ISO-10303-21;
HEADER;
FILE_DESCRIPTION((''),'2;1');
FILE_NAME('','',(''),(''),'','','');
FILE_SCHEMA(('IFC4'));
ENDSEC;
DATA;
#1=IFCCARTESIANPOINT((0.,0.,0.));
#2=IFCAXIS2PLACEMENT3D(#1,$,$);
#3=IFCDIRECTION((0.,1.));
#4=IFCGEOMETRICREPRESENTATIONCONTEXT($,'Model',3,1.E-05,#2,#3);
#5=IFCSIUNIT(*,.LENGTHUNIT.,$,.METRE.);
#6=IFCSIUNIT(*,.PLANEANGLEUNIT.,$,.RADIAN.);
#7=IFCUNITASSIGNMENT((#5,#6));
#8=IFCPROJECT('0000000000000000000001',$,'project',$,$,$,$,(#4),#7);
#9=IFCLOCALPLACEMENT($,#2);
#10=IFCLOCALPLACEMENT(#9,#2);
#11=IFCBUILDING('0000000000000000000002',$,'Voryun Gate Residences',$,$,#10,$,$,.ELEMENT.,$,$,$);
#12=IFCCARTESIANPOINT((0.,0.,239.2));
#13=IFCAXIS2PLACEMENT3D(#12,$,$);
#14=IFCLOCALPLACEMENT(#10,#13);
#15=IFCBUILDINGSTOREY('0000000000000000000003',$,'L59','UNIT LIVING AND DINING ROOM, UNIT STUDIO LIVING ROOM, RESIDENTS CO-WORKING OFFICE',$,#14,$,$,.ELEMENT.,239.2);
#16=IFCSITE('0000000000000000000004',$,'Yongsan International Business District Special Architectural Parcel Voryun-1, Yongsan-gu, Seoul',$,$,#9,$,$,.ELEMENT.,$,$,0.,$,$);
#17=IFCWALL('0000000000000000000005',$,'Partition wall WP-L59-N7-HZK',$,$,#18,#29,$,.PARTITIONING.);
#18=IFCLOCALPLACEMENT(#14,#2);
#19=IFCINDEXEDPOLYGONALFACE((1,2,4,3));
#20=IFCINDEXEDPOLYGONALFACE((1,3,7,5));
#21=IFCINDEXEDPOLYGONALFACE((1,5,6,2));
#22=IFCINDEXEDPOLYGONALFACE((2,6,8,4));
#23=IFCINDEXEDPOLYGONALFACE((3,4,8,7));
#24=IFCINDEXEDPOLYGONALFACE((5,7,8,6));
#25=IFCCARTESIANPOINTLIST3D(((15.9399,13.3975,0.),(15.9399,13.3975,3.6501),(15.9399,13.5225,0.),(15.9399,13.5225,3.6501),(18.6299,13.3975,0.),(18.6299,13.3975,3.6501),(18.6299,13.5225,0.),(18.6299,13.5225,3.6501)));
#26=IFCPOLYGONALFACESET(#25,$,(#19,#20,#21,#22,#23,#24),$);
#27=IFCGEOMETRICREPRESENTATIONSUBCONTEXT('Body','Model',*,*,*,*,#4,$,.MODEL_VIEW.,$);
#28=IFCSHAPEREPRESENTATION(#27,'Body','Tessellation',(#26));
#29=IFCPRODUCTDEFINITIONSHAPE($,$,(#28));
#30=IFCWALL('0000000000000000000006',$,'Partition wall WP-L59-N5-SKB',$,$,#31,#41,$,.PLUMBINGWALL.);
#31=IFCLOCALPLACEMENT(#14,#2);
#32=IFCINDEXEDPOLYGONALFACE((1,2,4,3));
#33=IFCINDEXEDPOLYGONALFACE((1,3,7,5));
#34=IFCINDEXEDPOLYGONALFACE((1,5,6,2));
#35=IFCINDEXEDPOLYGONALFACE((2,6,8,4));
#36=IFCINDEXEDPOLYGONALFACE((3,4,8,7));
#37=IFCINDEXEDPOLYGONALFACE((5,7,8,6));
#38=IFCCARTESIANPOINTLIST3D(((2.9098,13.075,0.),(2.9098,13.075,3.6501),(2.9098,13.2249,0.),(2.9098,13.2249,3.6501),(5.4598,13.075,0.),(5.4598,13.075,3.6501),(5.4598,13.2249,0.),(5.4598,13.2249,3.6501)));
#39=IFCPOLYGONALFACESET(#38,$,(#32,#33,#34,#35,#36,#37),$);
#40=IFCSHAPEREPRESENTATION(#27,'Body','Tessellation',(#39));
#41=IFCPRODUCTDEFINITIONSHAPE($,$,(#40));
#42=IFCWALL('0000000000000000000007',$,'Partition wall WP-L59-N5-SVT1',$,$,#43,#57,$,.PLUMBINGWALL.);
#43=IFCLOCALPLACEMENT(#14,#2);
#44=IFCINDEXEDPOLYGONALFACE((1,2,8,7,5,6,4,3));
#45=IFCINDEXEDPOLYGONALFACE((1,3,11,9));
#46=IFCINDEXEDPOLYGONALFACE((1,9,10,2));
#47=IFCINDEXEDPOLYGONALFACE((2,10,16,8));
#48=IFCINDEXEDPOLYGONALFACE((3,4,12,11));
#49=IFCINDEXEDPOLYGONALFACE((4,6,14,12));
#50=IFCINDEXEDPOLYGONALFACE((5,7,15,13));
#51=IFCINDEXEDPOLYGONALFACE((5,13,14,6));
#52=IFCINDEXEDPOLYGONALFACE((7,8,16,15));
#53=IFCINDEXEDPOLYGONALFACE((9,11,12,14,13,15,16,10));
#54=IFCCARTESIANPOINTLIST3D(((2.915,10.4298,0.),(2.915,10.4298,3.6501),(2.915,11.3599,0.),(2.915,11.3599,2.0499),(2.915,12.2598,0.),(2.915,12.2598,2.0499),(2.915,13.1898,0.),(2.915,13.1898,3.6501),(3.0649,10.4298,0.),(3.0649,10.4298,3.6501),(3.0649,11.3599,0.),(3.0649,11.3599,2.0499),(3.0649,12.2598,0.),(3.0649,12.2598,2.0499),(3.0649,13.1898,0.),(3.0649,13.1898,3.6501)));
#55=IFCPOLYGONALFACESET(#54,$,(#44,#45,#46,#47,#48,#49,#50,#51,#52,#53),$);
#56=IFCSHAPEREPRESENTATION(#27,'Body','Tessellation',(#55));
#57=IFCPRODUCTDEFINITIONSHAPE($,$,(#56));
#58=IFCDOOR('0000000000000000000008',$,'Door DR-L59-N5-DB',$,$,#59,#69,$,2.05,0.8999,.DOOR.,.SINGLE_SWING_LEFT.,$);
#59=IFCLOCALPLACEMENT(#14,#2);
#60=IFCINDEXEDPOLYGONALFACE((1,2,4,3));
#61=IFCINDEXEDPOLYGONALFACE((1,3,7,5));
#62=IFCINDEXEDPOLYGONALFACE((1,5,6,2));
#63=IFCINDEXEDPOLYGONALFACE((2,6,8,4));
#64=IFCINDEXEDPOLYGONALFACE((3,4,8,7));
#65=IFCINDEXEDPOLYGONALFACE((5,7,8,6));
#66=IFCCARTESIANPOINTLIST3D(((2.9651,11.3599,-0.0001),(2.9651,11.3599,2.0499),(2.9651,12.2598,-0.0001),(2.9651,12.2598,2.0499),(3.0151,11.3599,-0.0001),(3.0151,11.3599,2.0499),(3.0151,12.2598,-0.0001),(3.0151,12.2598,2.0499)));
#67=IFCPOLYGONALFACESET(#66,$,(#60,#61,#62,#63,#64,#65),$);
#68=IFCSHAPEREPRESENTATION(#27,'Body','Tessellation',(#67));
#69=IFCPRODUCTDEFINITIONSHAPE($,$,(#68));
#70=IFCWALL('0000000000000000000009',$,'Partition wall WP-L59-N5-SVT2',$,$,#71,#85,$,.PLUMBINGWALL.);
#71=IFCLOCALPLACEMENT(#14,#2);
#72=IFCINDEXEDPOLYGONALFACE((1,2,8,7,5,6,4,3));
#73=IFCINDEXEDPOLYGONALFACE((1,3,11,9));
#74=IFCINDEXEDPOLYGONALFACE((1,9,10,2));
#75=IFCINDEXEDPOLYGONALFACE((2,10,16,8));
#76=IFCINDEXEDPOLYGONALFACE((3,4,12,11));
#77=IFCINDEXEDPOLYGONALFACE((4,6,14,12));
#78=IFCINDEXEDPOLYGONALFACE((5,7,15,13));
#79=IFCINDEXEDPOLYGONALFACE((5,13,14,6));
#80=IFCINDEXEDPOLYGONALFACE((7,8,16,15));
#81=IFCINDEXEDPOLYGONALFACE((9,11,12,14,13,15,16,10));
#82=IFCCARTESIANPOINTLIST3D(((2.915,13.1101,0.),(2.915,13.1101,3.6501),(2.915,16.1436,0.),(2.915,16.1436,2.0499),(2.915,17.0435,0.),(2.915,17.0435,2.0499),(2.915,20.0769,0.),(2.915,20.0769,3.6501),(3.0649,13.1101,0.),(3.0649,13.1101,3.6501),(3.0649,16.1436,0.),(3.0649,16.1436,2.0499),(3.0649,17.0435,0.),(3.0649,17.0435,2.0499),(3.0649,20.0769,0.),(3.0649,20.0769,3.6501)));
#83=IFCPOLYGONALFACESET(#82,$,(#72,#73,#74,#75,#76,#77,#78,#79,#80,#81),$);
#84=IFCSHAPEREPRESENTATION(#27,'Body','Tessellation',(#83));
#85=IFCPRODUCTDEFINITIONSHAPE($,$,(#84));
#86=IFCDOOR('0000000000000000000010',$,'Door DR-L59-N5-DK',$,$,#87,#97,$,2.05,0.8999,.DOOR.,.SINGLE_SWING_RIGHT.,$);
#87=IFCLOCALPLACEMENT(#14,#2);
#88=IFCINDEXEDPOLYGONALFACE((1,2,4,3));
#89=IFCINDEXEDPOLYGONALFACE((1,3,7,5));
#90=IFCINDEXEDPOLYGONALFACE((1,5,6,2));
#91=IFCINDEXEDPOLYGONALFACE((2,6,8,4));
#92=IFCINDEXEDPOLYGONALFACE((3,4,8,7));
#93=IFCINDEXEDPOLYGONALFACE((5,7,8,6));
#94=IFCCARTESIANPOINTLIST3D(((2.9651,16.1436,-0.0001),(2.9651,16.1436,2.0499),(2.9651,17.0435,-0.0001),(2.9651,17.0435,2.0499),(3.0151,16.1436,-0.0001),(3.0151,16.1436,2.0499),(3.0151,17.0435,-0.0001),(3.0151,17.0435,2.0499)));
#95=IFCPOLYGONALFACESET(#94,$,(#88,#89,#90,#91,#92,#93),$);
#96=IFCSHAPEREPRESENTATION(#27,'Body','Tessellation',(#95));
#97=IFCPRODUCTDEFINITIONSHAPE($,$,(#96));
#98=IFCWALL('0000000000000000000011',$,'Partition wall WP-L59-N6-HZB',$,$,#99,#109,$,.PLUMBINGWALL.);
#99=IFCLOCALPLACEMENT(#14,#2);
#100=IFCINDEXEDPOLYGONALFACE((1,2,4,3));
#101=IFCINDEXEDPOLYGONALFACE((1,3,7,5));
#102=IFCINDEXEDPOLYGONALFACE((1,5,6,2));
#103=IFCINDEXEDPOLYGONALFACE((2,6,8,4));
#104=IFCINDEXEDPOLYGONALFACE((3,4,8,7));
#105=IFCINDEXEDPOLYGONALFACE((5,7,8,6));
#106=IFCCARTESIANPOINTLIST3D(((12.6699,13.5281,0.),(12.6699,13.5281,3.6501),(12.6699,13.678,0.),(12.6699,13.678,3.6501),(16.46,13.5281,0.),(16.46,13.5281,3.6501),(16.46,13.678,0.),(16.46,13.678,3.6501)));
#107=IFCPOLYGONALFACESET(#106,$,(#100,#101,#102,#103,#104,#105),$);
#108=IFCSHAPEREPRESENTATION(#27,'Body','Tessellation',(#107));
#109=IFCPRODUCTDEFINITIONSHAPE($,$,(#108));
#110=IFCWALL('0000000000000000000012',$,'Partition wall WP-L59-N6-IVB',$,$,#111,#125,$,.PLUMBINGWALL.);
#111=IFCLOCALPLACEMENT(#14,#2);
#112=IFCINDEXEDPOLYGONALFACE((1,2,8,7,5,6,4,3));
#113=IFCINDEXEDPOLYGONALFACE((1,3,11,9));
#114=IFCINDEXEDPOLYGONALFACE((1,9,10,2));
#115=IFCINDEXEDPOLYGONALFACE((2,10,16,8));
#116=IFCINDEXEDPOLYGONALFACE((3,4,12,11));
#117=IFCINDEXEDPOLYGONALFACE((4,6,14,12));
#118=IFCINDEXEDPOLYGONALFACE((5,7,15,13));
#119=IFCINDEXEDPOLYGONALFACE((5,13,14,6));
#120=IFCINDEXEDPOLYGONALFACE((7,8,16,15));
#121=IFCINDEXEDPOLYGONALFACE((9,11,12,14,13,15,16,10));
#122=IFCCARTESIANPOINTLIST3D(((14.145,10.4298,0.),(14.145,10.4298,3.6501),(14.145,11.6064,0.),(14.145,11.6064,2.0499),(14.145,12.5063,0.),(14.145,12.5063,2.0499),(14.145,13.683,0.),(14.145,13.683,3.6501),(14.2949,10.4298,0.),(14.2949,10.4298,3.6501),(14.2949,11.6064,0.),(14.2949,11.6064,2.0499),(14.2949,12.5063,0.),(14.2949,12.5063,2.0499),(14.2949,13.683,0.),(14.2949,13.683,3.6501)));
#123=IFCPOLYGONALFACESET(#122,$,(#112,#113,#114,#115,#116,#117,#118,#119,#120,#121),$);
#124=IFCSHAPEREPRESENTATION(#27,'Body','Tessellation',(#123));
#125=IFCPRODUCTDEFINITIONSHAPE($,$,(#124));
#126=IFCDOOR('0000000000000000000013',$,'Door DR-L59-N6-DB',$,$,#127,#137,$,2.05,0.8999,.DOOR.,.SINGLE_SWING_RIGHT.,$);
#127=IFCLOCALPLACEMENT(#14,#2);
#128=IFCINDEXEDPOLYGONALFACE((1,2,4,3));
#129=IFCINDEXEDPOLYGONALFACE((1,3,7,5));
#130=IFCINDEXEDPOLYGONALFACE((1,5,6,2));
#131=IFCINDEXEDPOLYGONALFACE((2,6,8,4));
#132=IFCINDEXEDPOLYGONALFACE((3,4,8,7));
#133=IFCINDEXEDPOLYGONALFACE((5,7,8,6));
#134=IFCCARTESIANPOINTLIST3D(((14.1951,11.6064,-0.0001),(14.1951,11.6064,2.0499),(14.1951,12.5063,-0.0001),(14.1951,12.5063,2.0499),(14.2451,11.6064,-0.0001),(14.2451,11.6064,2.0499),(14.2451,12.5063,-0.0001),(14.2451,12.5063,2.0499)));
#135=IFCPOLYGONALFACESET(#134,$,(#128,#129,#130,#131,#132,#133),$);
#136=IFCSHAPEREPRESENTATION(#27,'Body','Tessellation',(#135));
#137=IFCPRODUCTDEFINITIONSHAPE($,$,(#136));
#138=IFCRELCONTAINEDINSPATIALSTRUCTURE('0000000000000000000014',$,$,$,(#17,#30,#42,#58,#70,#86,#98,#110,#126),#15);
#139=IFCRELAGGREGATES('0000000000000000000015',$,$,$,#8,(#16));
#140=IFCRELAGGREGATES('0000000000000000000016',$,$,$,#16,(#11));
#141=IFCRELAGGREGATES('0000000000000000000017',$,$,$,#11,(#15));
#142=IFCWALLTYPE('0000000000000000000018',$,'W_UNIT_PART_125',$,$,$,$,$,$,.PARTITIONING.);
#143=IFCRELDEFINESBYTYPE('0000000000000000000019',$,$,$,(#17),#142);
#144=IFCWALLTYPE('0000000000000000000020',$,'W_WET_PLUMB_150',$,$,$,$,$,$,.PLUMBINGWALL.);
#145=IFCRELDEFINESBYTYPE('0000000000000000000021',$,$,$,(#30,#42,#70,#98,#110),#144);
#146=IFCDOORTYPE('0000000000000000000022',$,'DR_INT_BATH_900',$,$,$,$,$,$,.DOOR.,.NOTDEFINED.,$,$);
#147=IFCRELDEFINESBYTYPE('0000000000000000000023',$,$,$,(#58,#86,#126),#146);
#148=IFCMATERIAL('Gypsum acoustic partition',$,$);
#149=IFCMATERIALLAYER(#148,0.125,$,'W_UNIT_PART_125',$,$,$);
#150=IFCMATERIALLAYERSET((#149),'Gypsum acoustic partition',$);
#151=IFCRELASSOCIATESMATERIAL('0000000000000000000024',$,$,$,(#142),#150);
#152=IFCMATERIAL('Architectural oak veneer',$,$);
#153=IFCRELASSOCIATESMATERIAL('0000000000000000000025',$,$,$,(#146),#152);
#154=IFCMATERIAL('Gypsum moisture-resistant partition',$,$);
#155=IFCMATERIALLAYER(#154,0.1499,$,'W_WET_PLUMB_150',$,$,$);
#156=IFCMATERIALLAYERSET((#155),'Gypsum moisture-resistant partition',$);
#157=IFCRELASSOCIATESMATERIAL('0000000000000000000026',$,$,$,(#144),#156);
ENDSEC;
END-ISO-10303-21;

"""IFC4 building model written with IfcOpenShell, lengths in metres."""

from ifc_helpers import new_model, si_unit, direction, frame, frame_2d, origin, place, context, subcontext, project, spatial, rectangle, extrude, material, layer, layer_set, type_object, element, fill, save


model = new_model("IFC4")

# Units and contexts
model_context = context("Model", 3, precision=1e-05, world=origin(), true_north=direction((0.0, 1.0)))
body_context = subcontext(model_context, "Body", "Model", "MODEL_VIEW")
ifc_project = project(units=[si_unit("LENGTHUNIT", "METRE"), si_unit("PLANEANGLEUNIT", "RADIAN")], contexts=[model_context])

# Site, building, storey
site_placement = place(None, origin())
site = spatial("IfcSite", under=ifc_project, at=site_placement, Name="Yongsan International Business District Special Architectural Parcel Voryun-1, Yongsan-gu, Seoul", CompositionType="ELEMENT", RefElevation=0.0)
building_placement = place(site_placement, origin())
building = spatial("IfcBuilding", under=site, at=building_placement, Name="Voryun Gate Residences", CompositionType="ELEMENT")
storey_placement = place(building_placement, frame((0.0, 0.0, 239.2)))
storey = spatial("IfcBuildingStorey", under=building, at=storey_placement, Name="L59", Description="UNIT LIVING AND DINING ROOM, UNIT STUDIO LIVING ROOM, RESIDENTS CO-WORKING OFFICE", CompositionType="ELEMENT", Elevation=239.2)

# Shared definitions
ifc_material_1 = material(Name="Gypsum acoustic partition")
ifc_layer_1 = layer(ifc_material_1, 0.125, Name="W_UNIT_PART_125")
ifc_layer_set_1 = layer_set([ifc_layer_1], Name="Gypsum acoustic partition")
wall_type_1 = type_object("IfcWallType", Name="W_UNIT_PART_125", PredefinedType="PARTITIONING", material=ifc_layer_set_1)
ifc_material_2 = material(Name="Architectural oak veneer")
door_type_1 = type_object("IfcDoorType", Name="DR_INT_BATH_900", OperationType="NOTDEFINED", PredefinedType="DOOR", material=ifc_material_2)

# Walls
wall_1_placement = place(storey_placement, frame((15.9399, 13.46, 0.0), z_axis=(0.0, 0.0, 1.0), x_axis=(1.0, 0.0, 0.0)))
element("IfcWall", 1, at=wall_1_placement, inside=storey, type_object=wall_type_1, Name="Partition wall WP-L59-N7-HZK", PredefinedType="PARTITIONING", context=body_context, shape_type="SweptSolid", body=[
    extrude(rectangle(XDim=2.6899, YDim=0.125, at=frame_2d((1.345, 0.0))), origin(), (0.0, 0.0, 1.0), 3.6501),
])
ifc_material_3 = material(Name="Gypsum moisture-resistant partition")
ifc_layer_2 = layer(ifc_material_3, 0.1499, Name="W_WET_PLUMB_150")
ifc_layer_set_2 = layer_set([ifc_layer_2], Name="Gypsum moisture-resistant partition")
wall_type_2 = type_object("IfcWallType", Name="W_WET_PLUMB_150", PredefinedType="PLUMBINGWALL", material=ifc_layer_set_2)
wall_2_placement = place(storey_placement, frame((2.9099, 13.1499, 0.0), z_axis=(0.0, 0.0, 1.0), x_axis=(1.0, 0.0, 0.0)))
element("IfcWall", 2, at=wall_2_placement, inside=storey, type_object=wall_type_2, Name="Partition wall WP-L59-N5-SKB", PredefinedType="PLUMBINGWALL", context=body_context, shape_type="SweptSolid", body=[
    extrude(rectangle(XDim=2.55, YDim=0.1499, at=frame_2d((1.2749, 0.0))), origin(), (0.0, 0.0, 1.0), 3.6501),
])

# Walls, openings, doors
wall_3_placement = place(storey_placement, frame((2.99, 10.4299, 0.0), z_axis=(0.0, 0.0, 1.0), x_axis=(0.0, 1.0, 0.0)))
wall_3 = element("IfcWall", 3, at=wall_3_placement, inside=storey, type_object=wall_type_2, Name="Partition wall WP-L59-N5-SVT1", PredefinedType="PLUMBINGWALL", context=body_context, shape_type="SweptSolid", body=[
    extrude(rectangle(XDim=2.76, YDim=0.1499, at=frame_2d((1.3799, 0.0))), origin(), (0.0, 0.0, 1.0), 3.6501),
])
opening_1_placement = place(wall_3_placement, frame((0.9299, 0.0, 0.0)))
opening_1 = element("IfcOpeningElement", 4, at=opening_1_placement, cuts=wall_3, PredefinedType="OPENING", context=body_context, shape_type="SweptSolid", body=[
    extrude(rectangle(XDim=0.8999, YDim=2.05, at=frame_2d((0.45, 1.0249))), frame((0.0, 0.085, 0.0), z_axis=(0.0, -1.0, 0.0), x_axis=(1.0, 0.0, 0.0)), (0.0, 0.0, 1.0), 0.1699),
])
door_1_placement = place(opening_1_placement, origin())
door_1 = element("IfcDoor", 5, at=door_1_placement, inside=storey, type_object=door_type_1, Name="Door DR-L59-N5-DB", OperationType="SINGLE_SWING_LEFT", OverallHeight=2.05, OverallWidth=0.8999, PredefinedType="DOOR", context=body_context, shape_type="SweptSolid", body=[
    extrude(rectangle(XDim=0.8999, YDim=2.05, at=frame_2d((0.45, 1.0249))), frame((0.0, 0.0249, 0.0), z_axis=(0.0, -1.0, 0.0), x_axis=(1.0, 0.0, 0.0)), (0.0, 0.0, 1.0), 0.05),
])
fill(opening_1, door_1)
wall_4_placement = place(storey_placement, frame((2.99, 13.1101, 0.0), z_axis=(0.0, 0.0, 1.0), x_axis=(0.0, 1.0, 0.0)))
wall_4 = element("IfcWall", 6, at=wall_4_placement, inside=storey, type_object=wall_type_2, Name="Partition wall WP-L59-N5-SVT2", PredefinedType="PLUMBINGWALL", context=body_context, shape_type="SweptSolid", body=[
    extrude(rectangle(XDim=6.9668, YDim=0.1499, at=frame_2d((3.4834, 0.0))), origin(), (0.0, 0.0, 1.0), 3.6501),
])
opening_2_placement = place(wall_4_placement, frame((3.0334, 0.0, 0.0)))
opening_2 = element("IfcOpeningElement", 7, at=opening_2_placement, cuts=wall_4, PredefinedType="OPENING", context=body_context, shape_type="SweptSolid", body=[
    extrude(rectangle(XDim=0.8999, YDim=2.05, at=frame_2d((0.45, 1.0249))), frame((0.0, 0.085, 0.0), z_axis=(0.0, -1.0, 0.0), x_axis=(1.0, 0.0, 0.0)), (0.0, 0.0, 1.0), 0.1699),
])
door_2_placement = place(opening_2_placement, origin())
door_2 = element("IfcDoor", 8, at=door_2_placement, inside=storey, type_object=door_type_1, Name="Door DR-L59-N5-DK", OperationType="SINGLE_SWING_RIGHT", OverallHeight=2.05, OverallWidth=0.8999, PredefinedType="DOOR", context=body_context, shape_type="SweptSolid", body=[
    extrude(rectangle(XDim=0.8999, YDim=2.05, at=frame_2d((0.45, 1.0249))), frame((0.0, 0.0249, 0.0), z_axis=(0.0, -1.0, 0.0), x_axis=(1.0, 0.0, 0.0)), (0.0, 0.0, 1.0), 0.05),
])
fill(opening_2, door_2)

# Wall
wall_5_placement = place(storey_placement, frame((12.6699, 13.603, 0.0), z_axis=(0.0, 0.0, 1.0), x_axis=(1.0, 0.0, 0.0)))
element("IfcWall", 9, at=wall_5_placement, inside=storey, type_object=wall_type_2, Name="Partition wall WP-L59-N6-HZB", PredefinedType="PLUMBINGWALL", context=body_context, shape_type="SweptSolid", body=[
    extrude(rectangle(XDim=3.79, YDim=0.1499, at=frame_2d((1.895, 0.0))), origin(), (0.0, 0.0, 1.0), 3.6501),
])

# Wall, opening, door
wall_6_placement = place(storey_placement, frame((14.22, 10.4299, 0.0), z_axis=(0.0, 0.0, 1.0), x_axis=(0.0, 1.0, 0.0)))
wall_6 = element("IfcWall", 10, at=wall_6_placement, inside=storey, type_object=wall_type_2, Name="Partition wall WP-L59-N6-IVB", PredefinedType="PLUMBINGWALL", context=body_context, shape_type="SweptSolid", body=[
    extrude(rectangle(XDim=3.2532, YDim=0.1499, at=frame_2d((1.6265, 0.0))), origin(), (0.0, 0.0, 1.0), 3.6501),
])
opening_3_placement = place(wall_6_placement, frame((1.1765, 0.0, 0.0)))
opening_3 = element("IfcOpeningElement", 11, at=opening_3_placement, cuts=wall_6, PredefinedType="OPENING", context=body_context, shape_type="SweptSolid", body=[
    extrude(rectangle(XDim=0.8999, YDim=2.05, at=frame_2d((0.45, 1.0249))), frame((0.0, 0.085, 0.0), z_axis=(0.0, -1.0, 0.0), x_axis=(1.0, 0.0, 0.0)), (0.0, 0.0, 1.0), 0.1699),
])
door_3_placement = place(opening_3_placement, origin())
door_3 = element("IfcDoor", 12, at=door_3_placement, inside=storey, type_object=door_type_1, Name="Door DR-L59-N6-DB", OperationType="SINGLE_SWING_RIGHT", OverallHeight=2.05, OverallWidth=0.8999, PredefinedType="DOOR", context=body_context, shape_type="SweptSolid", body=[
    extrude(rectangle(XDim=0.8999, YDim=2.05, at=frame_2d((0.45, 1.0249))), frame((0.0, 0.0249, 0.0), z_axis=(0.0, -1.0, 0.0), x_axis=(1.0, 0.0, 0.0)), (0.0, 0.0, 1.0), 0.05),
])
fill(opening_3, door_3)

save(model, "model.ifc")
